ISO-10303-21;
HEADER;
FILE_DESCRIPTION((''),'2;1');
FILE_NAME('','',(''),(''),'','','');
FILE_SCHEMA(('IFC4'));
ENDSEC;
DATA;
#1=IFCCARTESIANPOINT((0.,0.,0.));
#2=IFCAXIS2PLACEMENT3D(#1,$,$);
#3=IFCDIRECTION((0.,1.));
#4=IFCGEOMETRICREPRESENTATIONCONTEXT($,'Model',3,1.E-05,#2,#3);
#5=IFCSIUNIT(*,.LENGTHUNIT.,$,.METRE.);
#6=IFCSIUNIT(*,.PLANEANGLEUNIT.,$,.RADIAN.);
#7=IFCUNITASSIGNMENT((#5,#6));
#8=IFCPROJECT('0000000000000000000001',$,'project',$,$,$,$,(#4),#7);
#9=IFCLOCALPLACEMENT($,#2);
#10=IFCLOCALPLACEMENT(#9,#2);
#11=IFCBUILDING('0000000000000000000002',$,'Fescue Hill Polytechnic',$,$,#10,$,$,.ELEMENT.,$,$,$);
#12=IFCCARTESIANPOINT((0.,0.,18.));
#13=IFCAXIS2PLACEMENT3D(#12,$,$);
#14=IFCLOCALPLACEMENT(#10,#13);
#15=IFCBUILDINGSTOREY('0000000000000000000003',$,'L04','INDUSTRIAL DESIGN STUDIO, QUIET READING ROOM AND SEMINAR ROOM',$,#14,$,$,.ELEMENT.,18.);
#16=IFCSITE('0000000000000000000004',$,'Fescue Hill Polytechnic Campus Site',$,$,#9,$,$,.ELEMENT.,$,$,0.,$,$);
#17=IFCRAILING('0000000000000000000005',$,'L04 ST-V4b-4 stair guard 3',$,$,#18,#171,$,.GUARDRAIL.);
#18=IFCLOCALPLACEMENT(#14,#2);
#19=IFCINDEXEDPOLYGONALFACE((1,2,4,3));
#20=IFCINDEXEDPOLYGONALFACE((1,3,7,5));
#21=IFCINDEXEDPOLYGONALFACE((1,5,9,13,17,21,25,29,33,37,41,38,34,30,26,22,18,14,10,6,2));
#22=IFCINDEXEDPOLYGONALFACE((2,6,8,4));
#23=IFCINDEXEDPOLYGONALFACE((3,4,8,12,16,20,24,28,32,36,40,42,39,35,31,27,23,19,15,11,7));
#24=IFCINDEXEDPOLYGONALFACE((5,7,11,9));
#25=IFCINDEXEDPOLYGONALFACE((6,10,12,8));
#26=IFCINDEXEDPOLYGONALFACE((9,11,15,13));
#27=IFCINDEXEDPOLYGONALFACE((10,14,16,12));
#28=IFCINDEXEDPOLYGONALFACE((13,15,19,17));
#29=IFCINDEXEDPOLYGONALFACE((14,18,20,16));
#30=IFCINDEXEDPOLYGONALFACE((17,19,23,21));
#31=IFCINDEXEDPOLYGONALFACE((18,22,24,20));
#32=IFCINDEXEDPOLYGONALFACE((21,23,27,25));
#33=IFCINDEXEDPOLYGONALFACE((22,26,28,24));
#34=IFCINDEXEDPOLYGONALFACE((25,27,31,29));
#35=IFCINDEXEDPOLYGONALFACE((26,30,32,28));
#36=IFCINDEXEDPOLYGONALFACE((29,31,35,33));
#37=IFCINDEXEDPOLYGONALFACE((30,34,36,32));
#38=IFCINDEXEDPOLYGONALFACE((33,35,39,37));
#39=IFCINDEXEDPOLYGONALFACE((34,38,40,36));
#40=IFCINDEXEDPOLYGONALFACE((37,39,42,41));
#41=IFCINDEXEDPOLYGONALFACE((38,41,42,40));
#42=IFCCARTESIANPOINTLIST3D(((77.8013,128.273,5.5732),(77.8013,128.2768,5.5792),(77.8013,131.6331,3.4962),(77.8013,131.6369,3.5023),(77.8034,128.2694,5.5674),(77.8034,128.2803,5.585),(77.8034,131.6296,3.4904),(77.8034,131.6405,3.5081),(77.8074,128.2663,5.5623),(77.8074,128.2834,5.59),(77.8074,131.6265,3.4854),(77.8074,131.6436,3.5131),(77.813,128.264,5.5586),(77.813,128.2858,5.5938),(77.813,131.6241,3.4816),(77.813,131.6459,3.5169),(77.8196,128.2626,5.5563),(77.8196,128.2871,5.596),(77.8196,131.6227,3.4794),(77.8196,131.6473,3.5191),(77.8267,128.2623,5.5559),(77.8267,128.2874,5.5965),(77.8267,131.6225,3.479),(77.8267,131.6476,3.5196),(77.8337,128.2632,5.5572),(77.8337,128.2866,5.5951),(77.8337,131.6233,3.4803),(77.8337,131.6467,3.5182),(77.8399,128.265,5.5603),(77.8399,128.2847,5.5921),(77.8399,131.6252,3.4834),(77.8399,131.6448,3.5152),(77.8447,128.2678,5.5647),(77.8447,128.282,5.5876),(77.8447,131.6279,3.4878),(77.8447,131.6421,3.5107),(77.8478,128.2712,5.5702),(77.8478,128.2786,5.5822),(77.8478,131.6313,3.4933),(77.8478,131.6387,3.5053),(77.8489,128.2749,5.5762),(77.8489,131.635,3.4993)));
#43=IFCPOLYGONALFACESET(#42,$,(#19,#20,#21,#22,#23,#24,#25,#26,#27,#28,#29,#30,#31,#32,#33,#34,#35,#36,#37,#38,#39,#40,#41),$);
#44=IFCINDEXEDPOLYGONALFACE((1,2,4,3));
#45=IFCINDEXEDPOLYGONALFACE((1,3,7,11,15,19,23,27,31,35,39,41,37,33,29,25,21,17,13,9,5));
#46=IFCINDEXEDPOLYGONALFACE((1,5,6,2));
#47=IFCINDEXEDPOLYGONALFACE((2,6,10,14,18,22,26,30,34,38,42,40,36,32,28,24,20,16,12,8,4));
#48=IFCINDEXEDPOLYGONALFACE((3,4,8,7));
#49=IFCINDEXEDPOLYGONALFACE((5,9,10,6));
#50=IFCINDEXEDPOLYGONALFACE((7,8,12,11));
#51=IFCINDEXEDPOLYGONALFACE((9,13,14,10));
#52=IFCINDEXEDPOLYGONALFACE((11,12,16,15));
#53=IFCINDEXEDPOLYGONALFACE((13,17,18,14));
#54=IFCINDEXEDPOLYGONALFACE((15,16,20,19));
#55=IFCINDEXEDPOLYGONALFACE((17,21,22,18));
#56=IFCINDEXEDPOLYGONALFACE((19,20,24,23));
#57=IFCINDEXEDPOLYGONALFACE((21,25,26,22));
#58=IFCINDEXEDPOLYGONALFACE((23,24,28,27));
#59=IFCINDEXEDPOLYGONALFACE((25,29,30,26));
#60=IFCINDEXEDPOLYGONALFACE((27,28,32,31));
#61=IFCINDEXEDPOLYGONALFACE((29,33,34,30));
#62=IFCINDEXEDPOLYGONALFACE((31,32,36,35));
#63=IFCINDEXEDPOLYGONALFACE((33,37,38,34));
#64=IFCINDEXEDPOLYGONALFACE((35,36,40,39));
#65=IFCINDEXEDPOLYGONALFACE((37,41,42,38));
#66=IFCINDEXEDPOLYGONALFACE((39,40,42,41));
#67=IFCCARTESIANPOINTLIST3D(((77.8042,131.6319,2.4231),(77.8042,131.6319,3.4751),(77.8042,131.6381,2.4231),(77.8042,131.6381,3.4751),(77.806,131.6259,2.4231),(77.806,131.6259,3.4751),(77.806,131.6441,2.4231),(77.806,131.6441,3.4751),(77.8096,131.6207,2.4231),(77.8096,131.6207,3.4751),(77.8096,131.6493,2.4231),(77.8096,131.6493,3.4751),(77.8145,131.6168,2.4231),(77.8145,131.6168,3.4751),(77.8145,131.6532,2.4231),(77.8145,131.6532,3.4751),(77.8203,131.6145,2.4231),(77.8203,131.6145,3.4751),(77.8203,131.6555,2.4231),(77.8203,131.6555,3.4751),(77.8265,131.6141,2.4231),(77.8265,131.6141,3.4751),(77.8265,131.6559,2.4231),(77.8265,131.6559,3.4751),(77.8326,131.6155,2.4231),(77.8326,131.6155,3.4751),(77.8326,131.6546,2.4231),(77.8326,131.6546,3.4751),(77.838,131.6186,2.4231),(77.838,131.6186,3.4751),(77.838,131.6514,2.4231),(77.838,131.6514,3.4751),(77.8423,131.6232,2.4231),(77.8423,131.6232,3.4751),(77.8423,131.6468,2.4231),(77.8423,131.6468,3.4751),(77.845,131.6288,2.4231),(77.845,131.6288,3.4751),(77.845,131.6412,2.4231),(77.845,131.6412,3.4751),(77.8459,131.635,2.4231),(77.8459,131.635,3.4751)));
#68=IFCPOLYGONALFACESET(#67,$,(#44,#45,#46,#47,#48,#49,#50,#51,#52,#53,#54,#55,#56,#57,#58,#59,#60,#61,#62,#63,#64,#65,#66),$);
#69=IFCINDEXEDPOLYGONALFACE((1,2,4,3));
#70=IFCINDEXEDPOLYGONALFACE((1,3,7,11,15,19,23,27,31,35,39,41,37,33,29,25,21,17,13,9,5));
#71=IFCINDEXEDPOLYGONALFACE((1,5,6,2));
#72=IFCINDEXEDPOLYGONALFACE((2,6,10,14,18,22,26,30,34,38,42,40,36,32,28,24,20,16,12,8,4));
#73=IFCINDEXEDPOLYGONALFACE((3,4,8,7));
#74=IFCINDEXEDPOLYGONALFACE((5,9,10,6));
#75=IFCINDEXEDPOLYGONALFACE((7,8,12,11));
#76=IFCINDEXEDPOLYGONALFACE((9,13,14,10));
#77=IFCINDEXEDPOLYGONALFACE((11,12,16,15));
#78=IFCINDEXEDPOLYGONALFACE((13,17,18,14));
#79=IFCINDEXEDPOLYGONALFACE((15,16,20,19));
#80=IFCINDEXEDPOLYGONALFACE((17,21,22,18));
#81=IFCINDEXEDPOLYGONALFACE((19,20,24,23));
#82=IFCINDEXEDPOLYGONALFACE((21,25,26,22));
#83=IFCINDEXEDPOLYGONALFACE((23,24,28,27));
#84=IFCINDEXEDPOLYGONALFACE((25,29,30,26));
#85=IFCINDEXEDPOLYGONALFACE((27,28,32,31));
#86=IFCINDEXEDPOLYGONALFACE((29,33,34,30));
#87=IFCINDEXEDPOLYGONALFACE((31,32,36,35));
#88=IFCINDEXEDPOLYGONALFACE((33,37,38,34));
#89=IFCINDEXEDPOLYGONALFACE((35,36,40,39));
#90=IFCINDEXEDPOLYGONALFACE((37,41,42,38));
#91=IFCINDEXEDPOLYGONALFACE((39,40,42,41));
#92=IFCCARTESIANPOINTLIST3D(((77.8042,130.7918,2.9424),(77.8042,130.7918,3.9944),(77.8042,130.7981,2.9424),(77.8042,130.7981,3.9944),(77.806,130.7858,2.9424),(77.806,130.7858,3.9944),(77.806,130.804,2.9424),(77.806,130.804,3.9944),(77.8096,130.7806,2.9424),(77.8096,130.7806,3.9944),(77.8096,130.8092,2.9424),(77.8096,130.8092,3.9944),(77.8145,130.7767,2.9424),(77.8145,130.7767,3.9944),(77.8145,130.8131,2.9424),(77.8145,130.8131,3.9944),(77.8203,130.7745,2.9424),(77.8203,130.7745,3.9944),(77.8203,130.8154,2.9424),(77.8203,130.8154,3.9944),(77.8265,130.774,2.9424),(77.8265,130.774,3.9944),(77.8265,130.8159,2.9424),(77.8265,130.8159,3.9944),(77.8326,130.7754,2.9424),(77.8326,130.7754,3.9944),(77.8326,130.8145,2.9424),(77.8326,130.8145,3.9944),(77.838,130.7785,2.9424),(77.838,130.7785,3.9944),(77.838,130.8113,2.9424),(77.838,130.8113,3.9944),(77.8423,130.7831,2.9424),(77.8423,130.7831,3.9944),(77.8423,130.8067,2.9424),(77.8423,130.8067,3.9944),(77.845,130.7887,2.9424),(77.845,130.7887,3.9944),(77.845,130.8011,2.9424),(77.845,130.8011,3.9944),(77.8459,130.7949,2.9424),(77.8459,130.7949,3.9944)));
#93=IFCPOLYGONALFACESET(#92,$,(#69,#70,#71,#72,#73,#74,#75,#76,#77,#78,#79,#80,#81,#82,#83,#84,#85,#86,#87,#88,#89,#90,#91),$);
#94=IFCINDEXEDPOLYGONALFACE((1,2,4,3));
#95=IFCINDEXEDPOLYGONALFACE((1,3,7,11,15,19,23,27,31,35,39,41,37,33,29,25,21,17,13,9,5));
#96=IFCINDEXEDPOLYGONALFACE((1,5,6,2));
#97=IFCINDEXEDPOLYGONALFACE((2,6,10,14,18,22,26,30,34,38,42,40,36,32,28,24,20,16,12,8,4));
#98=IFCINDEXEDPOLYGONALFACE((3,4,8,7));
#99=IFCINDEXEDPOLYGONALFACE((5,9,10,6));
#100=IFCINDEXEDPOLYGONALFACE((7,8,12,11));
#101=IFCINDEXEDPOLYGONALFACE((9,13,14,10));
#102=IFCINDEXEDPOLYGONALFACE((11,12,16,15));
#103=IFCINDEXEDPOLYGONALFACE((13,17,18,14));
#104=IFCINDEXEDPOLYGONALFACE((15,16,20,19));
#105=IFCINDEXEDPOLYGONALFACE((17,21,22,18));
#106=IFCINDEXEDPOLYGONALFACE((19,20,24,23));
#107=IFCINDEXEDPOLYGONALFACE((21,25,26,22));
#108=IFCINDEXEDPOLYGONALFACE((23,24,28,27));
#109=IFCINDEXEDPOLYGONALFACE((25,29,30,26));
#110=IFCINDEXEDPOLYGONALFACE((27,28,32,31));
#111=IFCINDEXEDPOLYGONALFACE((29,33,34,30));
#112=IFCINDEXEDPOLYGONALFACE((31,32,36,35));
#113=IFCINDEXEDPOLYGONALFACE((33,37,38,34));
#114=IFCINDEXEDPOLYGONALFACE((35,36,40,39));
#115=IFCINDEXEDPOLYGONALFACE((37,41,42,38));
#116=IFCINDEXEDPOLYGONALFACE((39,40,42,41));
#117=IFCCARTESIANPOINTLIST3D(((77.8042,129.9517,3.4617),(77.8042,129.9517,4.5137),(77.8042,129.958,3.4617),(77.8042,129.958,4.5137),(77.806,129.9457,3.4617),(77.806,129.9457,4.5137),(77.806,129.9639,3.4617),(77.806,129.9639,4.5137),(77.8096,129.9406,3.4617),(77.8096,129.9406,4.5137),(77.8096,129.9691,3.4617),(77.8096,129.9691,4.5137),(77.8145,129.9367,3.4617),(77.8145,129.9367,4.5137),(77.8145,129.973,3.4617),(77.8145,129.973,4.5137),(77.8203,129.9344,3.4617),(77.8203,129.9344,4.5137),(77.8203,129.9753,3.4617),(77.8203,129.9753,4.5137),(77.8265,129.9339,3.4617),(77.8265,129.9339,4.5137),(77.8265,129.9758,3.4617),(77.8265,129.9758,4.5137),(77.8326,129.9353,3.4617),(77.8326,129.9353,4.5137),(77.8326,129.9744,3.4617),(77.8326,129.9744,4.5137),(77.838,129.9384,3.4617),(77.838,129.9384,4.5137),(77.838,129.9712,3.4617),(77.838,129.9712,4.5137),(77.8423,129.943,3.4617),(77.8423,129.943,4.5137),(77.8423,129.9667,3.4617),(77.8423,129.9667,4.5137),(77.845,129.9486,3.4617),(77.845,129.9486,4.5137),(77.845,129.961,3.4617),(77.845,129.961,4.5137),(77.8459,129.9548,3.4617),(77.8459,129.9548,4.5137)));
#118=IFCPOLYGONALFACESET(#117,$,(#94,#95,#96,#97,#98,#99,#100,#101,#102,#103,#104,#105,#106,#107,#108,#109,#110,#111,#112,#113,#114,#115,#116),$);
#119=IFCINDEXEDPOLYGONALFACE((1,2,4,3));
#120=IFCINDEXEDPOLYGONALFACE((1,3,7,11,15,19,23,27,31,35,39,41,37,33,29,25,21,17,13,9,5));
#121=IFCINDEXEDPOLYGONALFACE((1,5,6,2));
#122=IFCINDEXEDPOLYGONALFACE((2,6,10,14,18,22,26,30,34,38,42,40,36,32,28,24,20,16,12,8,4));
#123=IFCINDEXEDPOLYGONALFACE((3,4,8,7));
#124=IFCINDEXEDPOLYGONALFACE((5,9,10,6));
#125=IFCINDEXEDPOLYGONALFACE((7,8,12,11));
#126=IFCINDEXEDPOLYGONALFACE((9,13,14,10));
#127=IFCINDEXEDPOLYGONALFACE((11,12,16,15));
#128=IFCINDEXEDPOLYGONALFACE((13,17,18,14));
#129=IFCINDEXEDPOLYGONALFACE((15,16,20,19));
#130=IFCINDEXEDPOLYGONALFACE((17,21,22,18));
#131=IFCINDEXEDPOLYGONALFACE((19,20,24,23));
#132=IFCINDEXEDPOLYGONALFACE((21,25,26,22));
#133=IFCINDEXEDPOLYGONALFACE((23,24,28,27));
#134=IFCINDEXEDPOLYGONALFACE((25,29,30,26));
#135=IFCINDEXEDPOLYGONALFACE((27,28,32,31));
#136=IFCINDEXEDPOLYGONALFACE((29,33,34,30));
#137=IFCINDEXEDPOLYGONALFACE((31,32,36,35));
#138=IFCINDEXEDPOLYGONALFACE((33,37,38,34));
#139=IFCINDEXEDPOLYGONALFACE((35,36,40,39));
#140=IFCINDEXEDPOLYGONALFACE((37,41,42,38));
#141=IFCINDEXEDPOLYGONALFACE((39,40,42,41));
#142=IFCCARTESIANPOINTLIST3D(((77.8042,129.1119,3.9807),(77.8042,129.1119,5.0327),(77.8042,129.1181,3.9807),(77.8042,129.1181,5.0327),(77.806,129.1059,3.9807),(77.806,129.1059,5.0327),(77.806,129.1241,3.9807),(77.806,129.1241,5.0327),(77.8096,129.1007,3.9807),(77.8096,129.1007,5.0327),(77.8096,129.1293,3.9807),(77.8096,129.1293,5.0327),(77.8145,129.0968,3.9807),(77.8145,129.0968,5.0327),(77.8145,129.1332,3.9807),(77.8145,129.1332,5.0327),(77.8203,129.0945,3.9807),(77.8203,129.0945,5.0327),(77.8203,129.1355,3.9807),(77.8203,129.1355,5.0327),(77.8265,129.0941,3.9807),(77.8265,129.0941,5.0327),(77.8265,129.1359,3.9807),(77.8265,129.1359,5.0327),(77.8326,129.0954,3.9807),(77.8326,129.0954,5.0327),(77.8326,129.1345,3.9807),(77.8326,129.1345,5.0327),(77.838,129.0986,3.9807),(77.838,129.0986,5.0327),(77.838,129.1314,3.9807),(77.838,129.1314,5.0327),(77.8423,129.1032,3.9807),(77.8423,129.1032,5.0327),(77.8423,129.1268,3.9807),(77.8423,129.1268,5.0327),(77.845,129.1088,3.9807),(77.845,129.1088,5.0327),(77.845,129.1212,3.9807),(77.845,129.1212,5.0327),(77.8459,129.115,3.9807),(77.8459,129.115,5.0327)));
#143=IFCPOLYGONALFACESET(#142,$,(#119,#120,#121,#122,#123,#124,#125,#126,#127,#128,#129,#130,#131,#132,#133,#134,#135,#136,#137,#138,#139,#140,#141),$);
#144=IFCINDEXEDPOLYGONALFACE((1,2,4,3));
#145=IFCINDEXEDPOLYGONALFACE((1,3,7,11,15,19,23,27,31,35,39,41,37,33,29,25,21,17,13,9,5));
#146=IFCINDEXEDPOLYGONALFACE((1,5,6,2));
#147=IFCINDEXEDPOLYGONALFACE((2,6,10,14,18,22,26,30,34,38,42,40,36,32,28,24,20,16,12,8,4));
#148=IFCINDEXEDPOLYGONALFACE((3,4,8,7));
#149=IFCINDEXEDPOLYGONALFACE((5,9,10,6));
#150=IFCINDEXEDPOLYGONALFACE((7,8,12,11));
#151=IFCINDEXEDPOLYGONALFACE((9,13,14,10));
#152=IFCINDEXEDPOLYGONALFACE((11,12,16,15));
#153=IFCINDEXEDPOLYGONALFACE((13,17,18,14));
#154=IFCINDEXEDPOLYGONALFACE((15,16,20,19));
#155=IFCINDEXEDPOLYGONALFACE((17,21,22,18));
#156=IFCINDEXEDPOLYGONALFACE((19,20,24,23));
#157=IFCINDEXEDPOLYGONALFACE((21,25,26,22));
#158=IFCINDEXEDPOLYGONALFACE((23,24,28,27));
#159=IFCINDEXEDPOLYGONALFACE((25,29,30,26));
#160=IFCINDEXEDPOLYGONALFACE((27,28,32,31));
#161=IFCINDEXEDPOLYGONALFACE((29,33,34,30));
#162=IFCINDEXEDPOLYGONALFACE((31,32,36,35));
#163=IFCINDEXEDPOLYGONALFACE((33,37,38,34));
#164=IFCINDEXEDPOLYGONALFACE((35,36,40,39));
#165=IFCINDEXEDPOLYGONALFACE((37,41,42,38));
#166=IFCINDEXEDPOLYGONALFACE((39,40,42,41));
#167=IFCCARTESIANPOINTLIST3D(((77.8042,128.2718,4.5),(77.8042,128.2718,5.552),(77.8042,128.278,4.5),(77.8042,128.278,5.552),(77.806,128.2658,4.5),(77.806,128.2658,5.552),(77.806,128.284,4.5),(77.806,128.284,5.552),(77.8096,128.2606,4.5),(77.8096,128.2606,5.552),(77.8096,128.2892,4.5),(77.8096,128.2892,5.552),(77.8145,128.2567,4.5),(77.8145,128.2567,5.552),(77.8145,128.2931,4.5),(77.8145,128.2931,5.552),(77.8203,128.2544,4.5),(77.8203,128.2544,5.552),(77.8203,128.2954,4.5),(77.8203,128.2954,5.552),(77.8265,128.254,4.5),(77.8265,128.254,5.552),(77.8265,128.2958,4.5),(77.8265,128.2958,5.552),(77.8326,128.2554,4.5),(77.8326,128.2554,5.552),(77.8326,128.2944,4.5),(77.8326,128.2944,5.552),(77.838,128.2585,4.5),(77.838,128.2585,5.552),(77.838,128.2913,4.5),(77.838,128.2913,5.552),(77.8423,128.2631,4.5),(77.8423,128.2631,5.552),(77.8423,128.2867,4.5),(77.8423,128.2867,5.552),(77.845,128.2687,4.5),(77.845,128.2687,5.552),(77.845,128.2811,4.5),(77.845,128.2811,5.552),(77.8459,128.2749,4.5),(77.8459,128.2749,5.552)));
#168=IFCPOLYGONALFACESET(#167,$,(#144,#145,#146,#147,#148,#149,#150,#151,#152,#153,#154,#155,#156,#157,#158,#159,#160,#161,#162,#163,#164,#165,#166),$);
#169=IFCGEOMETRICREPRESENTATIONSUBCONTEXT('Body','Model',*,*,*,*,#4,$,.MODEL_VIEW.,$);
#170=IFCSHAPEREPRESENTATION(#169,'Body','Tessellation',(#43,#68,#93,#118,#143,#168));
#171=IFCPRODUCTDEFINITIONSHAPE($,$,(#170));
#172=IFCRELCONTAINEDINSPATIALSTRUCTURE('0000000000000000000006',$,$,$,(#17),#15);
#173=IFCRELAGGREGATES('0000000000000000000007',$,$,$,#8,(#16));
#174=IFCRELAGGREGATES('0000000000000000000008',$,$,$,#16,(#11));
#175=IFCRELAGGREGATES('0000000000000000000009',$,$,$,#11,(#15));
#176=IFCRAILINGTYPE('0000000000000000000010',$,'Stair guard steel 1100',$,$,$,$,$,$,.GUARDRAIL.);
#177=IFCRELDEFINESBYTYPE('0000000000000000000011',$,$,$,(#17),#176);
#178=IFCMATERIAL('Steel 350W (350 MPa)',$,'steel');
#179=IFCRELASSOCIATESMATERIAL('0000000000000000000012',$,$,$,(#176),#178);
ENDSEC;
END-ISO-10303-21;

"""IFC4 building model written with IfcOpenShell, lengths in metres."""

from ifc_helpers import new_model, si_unit, direction, frame, origin, origin_2d, place, context, subcontext, project, spatial, circle, extrude, material, type_object, element, save


model = new_model("IFC4")

# Units and contexts
model_context = context("Model", 3, precision=1e-05, world=origin(), true_north=direction((0.0, 1.0)))
body_context = subcontext(model_context, "Body", "Model", "MODEL_VIEW")
ifc_project = project(units=[si_unit("LENGTHUNIT", "METRE"), si_unit("PLANEANGLEUNIT", "RADIAN")], contexts=[model_context])

# Site, building, storey
site_placement = place(None, origin())
site = spatial("IfcSite", under=ifc_project, at=site_placement, Name="Fescue Hill Polytechnic Campus Site", CompositionType="ELEMENT", RefElevation=0.0)
building_placement = place(site_placement, origin())
building = spatial("IfcBuilding", under=site, at=building_placement, Name="Fescue Hill Polytechnic", CompositionType="ELEMENT")
storey_placement = place(building_placement, frame((0.0, 0.0, 18.0)))
storey = spatial("IfcBuildingStorey", under=building, at=storey_placement, Name="L04", Description="INDUSTRIAL DESIGN STUDIO, QUIET READING ROOM AND SEMINAR ROOM", CompositionType="ELEMENT", Elevation=18.0)

# Railing
ifc_material_1 = material(Name="Steel 350W (350 MPa)", Category="steel")
railing_type_1 = type_object("IfcRailingType", Name="Stair guard steel 1100", PredefinedType="GUARDRAIL", material=ifc_material_1)
railing_1_placement = place(storey_placement, frame((77.825, 131.635, 2.4231)))
element("IfcRailing", 1, at=railing_1_placement, inside=storey, type_object=railing_type_1, Name="L04 ST-V4b-4 stair guard 3", PredefinedType="GUARDRAIL", context=body_context, shape_type="SweptSolid", body=[
    extrude(circle(Radius=0.0239, at=origin_2d()), frame((0.0, 0.0, 1.0762), z_axis=(0.0, -0.850623, 0.525776), x_axis=(1.0, 0.0, 0.0)), (0.0, 0.0, 1.0), 3.9502),
    extrude(circle(Radius=0.021, at=origin_2d()), origin(), (0.0, 0.0, 1.0), 1.052),
    extrude(circle(Radius=0.021, at=origin_2d()), frame((0.0, -0.8401, 0.5193)), (0.0, 0.0, 1.0), 1.052),
    extrude(circle(Radius=0.021, at=origin_2d()), frame((0.0, -1.6802, 1.0386)), (0.0, 0.0, 1.0), 1.052),
    extrude(circle(Radius=0.021, at=origin_2d()), frame((0.0, -2.52, 1.5576)), (0.0, 0.0, 1.0), 1.052),
    extrude(circle(Radius=0.021, at=origin_2d()), frame((0.0, -3.3601, 2.0769)), (0.0, 0.0, 1.0), 1.052),
])

save(model, "model.ifc")
